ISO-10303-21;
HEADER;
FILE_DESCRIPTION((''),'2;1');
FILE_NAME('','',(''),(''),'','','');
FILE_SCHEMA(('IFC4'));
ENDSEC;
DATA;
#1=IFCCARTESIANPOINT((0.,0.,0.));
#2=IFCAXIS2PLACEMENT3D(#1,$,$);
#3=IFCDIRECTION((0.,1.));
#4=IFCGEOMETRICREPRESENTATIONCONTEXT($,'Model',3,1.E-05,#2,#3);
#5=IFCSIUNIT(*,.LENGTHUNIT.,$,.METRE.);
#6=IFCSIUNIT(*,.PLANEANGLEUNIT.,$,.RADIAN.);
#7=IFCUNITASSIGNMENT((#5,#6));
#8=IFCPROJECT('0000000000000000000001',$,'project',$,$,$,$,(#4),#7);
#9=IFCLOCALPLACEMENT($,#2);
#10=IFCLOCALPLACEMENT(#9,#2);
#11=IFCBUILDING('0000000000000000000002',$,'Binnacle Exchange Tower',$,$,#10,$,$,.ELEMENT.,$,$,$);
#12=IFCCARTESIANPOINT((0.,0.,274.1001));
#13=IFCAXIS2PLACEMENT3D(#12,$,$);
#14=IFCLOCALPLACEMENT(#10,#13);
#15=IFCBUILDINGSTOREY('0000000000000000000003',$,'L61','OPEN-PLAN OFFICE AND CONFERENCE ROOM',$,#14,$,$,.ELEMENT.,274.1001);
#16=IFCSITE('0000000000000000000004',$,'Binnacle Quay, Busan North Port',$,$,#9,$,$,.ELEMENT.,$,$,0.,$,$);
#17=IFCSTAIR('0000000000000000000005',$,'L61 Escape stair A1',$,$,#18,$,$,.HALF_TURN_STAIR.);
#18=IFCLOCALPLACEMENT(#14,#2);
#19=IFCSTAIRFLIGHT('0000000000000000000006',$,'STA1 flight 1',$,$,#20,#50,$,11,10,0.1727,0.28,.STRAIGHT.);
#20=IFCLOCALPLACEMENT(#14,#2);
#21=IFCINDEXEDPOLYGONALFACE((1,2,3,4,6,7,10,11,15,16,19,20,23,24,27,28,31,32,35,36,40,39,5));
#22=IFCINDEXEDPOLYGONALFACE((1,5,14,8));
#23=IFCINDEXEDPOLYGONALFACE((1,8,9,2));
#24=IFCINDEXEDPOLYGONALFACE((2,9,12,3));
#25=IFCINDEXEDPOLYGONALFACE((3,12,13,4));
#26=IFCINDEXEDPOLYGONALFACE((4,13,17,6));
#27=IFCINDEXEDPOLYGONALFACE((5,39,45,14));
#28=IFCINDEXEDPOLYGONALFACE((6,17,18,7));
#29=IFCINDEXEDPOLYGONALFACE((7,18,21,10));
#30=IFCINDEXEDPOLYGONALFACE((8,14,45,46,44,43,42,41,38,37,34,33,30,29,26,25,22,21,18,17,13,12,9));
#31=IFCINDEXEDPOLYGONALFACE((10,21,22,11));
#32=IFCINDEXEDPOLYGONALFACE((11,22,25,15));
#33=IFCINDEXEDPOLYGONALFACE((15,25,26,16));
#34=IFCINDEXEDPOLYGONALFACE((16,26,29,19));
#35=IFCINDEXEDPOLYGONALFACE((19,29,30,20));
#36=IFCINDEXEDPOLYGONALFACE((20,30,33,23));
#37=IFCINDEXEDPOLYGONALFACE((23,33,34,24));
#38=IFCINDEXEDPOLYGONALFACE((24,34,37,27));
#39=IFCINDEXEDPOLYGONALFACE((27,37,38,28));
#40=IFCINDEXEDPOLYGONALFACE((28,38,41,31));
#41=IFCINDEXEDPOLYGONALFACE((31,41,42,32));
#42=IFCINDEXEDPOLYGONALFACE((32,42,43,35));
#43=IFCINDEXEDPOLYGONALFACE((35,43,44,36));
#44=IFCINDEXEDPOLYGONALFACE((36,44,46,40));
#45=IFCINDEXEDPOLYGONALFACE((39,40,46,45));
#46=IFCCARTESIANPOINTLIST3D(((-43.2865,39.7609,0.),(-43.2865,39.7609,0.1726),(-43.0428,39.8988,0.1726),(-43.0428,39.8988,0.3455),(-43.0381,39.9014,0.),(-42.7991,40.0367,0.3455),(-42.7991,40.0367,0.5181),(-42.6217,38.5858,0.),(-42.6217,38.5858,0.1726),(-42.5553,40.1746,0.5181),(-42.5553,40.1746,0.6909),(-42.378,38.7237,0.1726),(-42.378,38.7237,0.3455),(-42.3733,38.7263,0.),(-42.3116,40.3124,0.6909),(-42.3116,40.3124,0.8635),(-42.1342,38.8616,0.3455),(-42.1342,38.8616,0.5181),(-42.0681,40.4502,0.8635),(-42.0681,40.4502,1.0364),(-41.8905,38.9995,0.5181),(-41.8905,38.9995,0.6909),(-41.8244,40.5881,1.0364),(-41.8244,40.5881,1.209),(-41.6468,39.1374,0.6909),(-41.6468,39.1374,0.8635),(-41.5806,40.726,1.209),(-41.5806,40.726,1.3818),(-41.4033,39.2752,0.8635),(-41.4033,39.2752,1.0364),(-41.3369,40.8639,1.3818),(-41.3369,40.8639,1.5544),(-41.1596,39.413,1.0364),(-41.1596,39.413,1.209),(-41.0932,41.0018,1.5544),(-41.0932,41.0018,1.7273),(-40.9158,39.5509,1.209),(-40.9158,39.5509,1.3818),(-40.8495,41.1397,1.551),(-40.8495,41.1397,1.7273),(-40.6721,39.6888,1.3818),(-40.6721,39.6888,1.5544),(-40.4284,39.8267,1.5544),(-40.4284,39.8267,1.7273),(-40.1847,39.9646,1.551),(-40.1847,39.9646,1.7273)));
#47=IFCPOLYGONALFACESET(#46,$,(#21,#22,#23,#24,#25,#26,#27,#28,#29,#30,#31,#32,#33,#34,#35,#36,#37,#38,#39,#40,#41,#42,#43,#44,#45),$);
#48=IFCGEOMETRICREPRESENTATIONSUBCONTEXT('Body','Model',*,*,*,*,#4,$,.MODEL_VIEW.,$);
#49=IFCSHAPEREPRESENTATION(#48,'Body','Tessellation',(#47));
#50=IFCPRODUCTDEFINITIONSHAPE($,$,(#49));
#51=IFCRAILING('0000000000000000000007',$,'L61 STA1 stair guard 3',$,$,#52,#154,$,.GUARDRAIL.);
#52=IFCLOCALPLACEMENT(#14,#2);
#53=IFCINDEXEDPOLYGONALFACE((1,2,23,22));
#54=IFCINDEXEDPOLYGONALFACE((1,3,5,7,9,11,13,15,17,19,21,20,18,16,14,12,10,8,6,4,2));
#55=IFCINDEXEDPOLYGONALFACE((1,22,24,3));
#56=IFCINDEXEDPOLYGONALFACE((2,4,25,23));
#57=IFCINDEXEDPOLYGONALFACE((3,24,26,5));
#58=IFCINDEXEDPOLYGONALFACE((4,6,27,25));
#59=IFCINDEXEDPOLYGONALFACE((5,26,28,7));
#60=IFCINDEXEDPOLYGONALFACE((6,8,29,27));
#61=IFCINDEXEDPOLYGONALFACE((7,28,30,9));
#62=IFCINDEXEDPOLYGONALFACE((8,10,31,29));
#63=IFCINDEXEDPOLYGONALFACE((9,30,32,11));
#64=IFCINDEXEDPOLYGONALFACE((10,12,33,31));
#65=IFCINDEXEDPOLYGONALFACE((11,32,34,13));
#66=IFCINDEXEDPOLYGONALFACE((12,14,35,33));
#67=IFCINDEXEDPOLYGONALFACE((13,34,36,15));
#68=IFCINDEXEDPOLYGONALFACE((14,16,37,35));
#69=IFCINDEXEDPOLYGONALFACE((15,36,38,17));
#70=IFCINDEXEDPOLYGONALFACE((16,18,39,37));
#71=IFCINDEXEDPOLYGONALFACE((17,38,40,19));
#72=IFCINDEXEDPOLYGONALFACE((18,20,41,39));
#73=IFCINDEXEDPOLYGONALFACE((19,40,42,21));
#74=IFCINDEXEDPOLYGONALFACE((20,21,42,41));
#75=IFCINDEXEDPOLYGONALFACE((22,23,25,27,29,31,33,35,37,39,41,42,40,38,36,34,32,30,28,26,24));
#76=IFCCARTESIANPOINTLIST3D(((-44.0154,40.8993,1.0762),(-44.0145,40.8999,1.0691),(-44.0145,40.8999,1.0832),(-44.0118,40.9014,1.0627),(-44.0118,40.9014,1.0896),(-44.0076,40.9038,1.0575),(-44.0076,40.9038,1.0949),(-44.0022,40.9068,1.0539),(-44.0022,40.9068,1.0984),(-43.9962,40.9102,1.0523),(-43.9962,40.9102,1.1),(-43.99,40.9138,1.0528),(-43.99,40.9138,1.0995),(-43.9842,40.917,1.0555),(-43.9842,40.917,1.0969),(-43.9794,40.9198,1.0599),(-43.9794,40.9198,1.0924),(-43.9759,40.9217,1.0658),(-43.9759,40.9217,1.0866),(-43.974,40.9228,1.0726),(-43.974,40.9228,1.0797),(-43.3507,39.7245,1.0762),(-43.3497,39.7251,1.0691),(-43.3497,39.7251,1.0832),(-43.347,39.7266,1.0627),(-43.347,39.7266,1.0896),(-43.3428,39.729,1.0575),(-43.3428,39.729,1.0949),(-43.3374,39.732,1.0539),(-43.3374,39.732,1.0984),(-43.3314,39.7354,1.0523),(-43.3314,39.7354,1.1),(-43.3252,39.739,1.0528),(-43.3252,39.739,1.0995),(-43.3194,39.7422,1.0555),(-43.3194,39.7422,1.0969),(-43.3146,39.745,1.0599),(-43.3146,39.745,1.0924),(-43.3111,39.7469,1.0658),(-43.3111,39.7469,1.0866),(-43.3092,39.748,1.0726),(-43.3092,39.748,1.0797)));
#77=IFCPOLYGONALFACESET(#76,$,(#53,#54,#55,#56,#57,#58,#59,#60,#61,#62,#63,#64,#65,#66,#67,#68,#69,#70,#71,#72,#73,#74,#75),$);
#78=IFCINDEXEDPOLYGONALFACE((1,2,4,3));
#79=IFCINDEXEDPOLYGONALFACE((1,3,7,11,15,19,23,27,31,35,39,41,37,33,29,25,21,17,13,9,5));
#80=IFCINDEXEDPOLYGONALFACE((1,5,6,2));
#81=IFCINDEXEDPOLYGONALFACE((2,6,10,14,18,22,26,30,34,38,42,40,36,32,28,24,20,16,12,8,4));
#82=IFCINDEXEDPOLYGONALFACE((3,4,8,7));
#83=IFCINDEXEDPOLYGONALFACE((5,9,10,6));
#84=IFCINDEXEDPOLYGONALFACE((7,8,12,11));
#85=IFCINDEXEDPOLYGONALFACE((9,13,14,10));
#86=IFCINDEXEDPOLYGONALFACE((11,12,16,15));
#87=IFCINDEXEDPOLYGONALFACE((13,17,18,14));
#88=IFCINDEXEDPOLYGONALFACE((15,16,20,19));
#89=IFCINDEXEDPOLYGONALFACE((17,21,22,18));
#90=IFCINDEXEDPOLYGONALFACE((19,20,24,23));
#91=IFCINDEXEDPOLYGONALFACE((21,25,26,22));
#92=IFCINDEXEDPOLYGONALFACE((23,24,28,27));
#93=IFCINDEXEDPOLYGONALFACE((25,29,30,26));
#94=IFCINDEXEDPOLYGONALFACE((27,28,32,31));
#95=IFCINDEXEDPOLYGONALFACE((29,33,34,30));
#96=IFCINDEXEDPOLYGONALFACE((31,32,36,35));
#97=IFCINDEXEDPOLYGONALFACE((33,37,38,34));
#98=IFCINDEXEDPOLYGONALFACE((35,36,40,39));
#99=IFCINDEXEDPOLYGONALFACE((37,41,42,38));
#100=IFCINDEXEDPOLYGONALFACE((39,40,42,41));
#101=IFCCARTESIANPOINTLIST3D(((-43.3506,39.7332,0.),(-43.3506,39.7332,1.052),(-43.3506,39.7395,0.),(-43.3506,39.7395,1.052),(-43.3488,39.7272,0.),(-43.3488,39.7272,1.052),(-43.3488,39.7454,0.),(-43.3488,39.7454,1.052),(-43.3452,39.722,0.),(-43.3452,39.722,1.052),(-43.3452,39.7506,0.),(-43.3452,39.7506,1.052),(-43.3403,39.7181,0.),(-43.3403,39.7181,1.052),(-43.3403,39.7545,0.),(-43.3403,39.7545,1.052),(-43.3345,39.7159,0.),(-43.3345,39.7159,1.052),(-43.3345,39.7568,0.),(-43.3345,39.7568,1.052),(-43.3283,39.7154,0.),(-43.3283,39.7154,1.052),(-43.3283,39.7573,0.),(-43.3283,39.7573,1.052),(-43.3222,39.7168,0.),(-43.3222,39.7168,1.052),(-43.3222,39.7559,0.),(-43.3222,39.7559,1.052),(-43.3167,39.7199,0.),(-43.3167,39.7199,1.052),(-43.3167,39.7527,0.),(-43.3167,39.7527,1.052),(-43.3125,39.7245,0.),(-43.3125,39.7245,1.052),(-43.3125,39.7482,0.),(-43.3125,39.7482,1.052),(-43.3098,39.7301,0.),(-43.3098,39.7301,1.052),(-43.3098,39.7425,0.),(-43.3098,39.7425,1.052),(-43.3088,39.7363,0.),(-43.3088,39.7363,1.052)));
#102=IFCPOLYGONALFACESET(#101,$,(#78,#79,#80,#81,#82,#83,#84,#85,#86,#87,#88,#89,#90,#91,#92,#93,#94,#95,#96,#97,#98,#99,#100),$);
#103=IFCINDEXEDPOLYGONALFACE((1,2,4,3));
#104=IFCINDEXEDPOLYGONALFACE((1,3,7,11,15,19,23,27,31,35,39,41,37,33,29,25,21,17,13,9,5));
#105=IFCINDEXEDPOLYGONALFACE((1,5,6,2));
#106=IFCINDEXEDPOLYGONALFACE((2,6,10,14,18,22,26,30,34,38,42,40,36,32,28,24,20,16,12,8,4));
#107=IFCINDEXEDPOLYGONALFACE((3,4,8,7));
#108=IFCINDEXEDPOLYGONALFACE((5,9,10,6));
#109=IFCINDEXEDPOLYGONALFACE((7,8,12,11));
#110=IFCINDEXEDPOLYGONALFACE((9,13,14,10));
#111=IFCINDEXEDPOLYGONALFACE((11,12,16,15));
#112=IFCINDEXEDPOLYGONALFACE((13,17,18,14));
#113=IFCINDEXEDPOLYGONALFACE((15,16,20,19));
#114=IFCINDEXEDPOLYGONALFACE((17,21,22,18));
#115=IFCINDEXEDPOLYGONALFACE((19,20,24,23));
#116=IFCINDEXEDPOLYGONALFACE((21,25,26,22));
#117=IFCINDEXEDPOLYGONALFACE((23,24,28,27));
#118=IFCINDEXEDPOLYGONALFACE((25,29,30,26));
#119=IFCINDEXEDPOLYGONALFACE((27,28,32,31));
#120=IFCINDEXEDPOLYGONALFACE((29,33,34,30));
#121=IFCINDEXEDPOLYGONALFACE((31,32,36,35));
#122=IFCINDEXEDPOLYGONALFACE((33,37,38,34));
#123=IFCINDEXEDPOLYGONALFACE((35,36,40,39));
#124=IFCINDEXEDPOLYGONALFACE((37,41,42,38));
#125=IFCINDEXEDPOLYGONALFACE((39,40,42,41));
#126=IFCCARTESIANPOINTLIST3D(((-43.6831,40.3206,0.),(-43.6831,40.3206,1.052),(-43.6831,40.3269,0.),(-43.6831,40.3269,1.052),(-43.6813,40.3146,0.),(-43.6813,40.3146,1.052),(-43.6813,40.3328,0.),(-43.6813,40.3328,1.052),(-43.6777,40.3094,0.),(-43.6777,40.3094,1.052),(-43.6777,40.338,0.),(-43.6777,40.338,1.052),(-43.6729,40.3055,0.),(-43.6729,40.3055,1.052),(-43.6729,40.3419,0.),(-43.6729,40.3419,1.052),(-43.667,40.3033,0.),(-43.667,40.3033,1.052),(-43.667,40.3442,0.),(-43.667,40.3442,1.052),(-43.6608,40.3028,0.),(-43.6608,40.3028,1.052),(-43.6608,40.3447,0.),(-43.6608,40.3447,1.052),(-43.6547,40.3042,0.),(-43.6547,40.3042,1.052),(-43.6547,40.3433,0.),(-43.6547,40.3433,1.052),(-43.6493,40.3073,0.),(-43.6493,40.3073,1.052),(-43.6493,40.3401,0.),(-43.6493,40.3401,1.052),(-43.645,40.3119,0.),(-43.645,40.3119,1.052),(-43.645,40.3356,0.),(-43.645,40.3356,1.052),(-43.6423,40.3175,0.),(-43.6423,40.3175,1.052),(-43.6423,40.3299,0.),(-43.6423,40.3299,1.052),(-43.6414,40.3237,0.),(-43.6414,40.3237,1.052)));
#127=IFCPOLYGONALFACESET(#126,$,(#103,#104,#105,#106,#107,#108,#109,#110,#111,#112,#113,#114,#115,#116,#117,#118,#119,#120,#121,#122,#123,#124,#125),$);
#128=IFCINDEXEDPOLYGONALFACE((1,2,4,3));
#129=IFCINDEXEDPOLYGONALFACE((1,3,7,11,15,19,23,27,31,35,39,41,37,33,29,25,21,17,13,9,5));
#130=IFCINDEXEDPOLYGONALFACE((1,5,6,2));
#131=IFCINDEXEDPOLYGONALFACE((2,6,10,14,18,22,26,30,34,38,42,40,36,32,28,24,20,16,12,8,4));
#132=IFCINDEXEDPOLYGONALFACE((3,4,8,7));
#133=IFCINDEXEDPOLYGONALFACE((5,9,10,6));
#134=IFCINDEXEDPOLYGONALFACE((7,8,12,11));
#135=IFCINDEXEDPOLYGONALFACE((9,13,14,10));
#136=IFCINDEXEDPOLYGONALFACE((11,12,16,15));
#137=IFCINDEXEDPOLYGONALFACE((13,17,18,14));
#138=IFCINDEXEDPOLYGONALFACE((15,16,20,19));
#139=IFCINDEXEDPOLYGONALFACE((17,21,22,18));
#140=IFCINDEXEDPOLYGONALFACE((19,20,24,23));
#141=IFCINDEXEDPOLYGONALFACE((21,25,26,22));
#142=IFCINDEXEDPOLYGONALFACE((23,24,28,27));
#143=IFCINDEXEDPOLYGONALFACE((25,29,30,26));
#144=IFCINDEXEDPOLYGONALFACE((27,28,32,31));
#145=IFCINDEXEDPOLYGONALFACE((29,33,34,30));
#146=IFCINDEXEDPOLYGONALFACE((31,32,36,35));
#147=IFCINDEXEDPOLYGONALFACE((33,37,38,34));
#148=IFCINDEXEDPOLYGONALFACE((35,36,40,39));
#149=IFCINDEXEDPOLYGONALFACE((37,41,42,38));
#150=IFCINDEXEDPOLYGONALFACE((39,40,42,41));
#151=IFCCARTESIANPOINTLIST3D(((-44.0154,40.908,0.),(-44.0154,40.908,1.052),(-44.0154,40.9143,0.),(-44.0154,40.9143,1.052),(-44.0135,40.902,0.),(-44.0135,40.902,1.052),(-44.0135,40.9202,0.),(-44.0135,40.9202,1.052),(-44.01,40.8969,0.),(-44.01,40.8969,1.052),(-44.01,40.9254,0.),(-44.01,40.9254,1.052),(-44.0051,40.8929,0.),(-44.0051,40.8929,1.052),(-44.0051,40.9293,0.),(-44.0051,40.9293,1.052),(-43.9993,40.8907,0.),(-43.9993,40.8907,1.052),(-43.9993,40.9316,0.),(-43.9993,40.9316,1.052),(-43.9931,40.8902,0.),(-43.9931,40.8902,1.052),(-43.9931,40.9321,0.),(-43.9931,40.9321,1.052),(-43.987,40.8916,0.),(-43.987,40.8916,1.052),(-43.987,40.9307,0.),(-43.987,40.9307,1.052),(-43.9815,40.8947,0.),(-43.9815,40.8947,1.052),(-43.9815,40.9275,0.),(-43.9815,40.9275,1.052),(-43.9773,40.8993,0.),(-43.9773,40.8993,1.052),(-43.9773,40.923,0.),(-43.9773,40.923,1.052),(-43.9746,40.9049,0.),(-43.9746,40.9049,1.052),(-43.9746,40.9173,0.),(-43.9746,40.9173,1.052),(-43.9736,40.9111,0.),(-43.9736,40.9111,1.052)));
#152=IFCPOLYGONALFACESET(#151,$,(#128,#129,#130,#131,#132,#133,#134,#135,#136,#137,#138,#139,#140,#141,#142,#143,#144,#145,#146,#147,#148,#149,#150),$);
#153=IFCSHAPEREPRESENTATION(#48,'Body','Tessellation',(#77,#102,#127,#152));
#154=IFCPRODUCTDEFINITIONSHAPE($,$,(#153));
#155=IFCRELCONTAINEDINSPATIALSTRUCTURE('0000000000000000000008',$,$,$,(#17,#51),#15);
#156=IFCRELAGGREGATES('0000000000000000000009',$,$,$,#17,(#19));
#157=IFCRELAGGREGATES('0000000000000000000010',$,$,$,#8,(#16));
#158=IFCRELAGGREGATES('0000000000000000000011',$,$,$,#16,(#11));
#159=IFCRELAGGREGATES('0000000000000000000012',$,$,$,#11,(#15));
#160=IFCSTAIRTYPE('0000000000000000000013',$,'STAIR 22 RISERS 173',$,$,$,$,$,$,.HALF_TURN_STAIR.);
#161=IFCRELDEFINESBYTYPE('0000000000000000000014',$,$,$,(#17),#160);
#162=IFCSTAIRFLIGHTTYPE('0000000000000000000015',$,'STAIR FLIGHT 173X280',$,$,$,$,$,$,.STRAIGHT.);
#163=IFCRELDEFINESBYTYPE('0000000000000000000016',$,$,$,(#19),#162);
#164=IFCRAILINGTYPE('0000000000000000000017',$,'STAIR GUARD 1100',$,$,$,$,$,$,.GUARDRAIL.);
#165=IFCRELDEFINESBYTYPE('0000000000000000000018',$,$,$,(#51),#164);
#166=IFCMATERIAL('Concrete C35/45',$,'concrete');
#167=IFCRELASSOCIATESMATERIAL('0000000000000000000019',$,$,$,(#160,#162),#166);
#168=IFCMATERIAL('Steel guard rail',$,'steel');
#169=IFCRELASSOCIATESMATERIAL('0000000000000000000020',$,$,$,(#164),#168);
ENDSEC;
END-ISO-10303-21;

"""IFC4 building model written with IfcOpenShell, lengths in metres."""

from ifc_helpers import new_model, si_unit, direction, frame, origin, origin_2d, place, context, subcontext, project, spatial, polyline, circle, outline, extrude, material, type_object, element, aggregate, save


model = new_model("IFC4")

# Units and contexts
model_context = context("Model", 3, precision=1e-05, world=origin(), true_north=direction((0.0, 1.0)))
body_context = subcontext(model_context, "Body", "Model", "MODEL_VIEW")
ifc_project = project(units=[si_unit("LENGTHUNIT", "METRE"), si_unit("PLANEANGLEUNIT", "RADIAN")], contexts=[model_context])

# Site, building, storey
site_placement = place(None, origin())
site = spatial("IfcSite", under=ifc_project, at=site_placement, Name="Binnacle Quay, Busan North Port", CompositionType="ELEMENT", RefElevation=0.0)
building_placement = place(site_placement, origin())
building = spatial("IfcBuilding", under=site, at=building_placement, Name="Binnacle Exchange Tower", CompositionType="ELEMENT")
storey_placement = place(building_placement, frame((0.0, 0.0, 274.1001)))
storey = spatial("IfcBuildingStorey", under=building, at=storey_placement, Name="L61", Description="OPEN-PLAN OFFICE AND CONFERENCE ROOM", CompositionType="ELEMENT", Elevation=274.1001)

# Stair, stair flight
ifc_material_1 = material(Name="Concrete C35/45", Category="concrete")
stair_type = type_object("IfcStairType", Name="STAIR 22 RISERS 173", PredefinedType="HALF_TURN_STAIR", material=ifc_material_1)
stair_placement = place(storey_placement, origin())
stair = element("IfcStair", 1, at=stair_placement, inside=storey, type_object=stair_type, Name="L61 Escape stair A1", PredefinedType="HALF_TURN_STAIR")
stair_flight_type = type_object("IfcStairFlightType", Name="STAIR FLIGHT 173X280", PredefinedType="STRAIGHT", material=ifc_material_1)
stair_flight_placement = place(storey_placement, frame((-42.9541, 39.1733, 0.0), z_axis=(0.0, 0.0, 1.0), x_axis=(0.870356, 0.492424, 0.0)))
stair_flight = element("IfcStairFlight", 2, at=stair_flight_placement, type_object=stair_flight_type, Name="STA1 flight 1", NumberOfRisers=11, NumberOfTreads=10, PredefinedType="STRAIGHT", RiserHeight=0.1727, TreadLength=0.28, context=body_context, shape_type="SweptSolid", body=[
    extrude(outline(polyline([(0.0, 0.0), (0.0, 0.1726), (0.28, 0.1726), (0.28, 0.3455), (0.5601, 0.3455), (0.5601, 0.5181), (0.8401, 0.5181), (0.8401, 0.6909), (1.1201, 0.6909), (1.1201, 0.8635), (1.3999, 0.8635), (1.3999, 1.0364), (1.6799, 1.0364), (1.6799, 1.209), (1.96, 1.209), (1.96, 1.3818), (2.24, 1.3818), (2.24, 1.5544), (2.52, 1.5544), (2.52, 1.7273), (2.8, 1.7273), (2.8, 1.8999), (2.8, 1.551), (0.2854, 0.0), (0.0, 0.0)])), frame((0.0, 0.675, 0.0), z_axis=(0.0, -1.0, 0.0), x_axis=(1.0, 0.0, 0.0)), (0.0, 0.0, 1.0), 1.3501),
])
aggregate(stair, [stair_flight])

# Railing
ifc_material_2 = material(Name="Steel guard rail", Category="steel")
railing_type_1 = type_object("IfcRailingType", Name="STAIR GUARD 1100", PredefinedType="GUARDRAIL", material=ifc_material_2)
railing_1_placement = place(storey_placement, frame((-43.3298, 39.7363, 0.0)))
element("IfcRailing", 3, at=railing_1_placement, inside=storey, type_object=railing_type_1, Name="L61 STA1 stair guard 3", PredefinedType="GUARDRAIL", context=body_context, shape_type="SweptSolid", body=[
    extrude(circle(Radius=0.0239, at=origin_2d()), frame((0.0, 0.0, 1.0762), z_axis=(-0.492492, 0.870317, 0.0), x_axis=(-0.870317, -0.492492, 0.0)), (0.0, 0.0, 1.0), 1.3499),
    extrude(circle(Radius=0.021, at=origin_2d()), origin(), (0.0, 0.0, 1.0), 1.052),
    extrude(circle(Radius=0.021, at=origin_2d()), frame((-0.3325, 0.5874, 0.0)), (0.0, 0.0, 1.0), 1.052),
    extrude(circle(Radius=0.021, at=origin_2d()), frame((-0.6648, 1.1748, 0.0)), (0.0, 0.0, 1.0), 1.052),
])

save(model, "model.ifc")
